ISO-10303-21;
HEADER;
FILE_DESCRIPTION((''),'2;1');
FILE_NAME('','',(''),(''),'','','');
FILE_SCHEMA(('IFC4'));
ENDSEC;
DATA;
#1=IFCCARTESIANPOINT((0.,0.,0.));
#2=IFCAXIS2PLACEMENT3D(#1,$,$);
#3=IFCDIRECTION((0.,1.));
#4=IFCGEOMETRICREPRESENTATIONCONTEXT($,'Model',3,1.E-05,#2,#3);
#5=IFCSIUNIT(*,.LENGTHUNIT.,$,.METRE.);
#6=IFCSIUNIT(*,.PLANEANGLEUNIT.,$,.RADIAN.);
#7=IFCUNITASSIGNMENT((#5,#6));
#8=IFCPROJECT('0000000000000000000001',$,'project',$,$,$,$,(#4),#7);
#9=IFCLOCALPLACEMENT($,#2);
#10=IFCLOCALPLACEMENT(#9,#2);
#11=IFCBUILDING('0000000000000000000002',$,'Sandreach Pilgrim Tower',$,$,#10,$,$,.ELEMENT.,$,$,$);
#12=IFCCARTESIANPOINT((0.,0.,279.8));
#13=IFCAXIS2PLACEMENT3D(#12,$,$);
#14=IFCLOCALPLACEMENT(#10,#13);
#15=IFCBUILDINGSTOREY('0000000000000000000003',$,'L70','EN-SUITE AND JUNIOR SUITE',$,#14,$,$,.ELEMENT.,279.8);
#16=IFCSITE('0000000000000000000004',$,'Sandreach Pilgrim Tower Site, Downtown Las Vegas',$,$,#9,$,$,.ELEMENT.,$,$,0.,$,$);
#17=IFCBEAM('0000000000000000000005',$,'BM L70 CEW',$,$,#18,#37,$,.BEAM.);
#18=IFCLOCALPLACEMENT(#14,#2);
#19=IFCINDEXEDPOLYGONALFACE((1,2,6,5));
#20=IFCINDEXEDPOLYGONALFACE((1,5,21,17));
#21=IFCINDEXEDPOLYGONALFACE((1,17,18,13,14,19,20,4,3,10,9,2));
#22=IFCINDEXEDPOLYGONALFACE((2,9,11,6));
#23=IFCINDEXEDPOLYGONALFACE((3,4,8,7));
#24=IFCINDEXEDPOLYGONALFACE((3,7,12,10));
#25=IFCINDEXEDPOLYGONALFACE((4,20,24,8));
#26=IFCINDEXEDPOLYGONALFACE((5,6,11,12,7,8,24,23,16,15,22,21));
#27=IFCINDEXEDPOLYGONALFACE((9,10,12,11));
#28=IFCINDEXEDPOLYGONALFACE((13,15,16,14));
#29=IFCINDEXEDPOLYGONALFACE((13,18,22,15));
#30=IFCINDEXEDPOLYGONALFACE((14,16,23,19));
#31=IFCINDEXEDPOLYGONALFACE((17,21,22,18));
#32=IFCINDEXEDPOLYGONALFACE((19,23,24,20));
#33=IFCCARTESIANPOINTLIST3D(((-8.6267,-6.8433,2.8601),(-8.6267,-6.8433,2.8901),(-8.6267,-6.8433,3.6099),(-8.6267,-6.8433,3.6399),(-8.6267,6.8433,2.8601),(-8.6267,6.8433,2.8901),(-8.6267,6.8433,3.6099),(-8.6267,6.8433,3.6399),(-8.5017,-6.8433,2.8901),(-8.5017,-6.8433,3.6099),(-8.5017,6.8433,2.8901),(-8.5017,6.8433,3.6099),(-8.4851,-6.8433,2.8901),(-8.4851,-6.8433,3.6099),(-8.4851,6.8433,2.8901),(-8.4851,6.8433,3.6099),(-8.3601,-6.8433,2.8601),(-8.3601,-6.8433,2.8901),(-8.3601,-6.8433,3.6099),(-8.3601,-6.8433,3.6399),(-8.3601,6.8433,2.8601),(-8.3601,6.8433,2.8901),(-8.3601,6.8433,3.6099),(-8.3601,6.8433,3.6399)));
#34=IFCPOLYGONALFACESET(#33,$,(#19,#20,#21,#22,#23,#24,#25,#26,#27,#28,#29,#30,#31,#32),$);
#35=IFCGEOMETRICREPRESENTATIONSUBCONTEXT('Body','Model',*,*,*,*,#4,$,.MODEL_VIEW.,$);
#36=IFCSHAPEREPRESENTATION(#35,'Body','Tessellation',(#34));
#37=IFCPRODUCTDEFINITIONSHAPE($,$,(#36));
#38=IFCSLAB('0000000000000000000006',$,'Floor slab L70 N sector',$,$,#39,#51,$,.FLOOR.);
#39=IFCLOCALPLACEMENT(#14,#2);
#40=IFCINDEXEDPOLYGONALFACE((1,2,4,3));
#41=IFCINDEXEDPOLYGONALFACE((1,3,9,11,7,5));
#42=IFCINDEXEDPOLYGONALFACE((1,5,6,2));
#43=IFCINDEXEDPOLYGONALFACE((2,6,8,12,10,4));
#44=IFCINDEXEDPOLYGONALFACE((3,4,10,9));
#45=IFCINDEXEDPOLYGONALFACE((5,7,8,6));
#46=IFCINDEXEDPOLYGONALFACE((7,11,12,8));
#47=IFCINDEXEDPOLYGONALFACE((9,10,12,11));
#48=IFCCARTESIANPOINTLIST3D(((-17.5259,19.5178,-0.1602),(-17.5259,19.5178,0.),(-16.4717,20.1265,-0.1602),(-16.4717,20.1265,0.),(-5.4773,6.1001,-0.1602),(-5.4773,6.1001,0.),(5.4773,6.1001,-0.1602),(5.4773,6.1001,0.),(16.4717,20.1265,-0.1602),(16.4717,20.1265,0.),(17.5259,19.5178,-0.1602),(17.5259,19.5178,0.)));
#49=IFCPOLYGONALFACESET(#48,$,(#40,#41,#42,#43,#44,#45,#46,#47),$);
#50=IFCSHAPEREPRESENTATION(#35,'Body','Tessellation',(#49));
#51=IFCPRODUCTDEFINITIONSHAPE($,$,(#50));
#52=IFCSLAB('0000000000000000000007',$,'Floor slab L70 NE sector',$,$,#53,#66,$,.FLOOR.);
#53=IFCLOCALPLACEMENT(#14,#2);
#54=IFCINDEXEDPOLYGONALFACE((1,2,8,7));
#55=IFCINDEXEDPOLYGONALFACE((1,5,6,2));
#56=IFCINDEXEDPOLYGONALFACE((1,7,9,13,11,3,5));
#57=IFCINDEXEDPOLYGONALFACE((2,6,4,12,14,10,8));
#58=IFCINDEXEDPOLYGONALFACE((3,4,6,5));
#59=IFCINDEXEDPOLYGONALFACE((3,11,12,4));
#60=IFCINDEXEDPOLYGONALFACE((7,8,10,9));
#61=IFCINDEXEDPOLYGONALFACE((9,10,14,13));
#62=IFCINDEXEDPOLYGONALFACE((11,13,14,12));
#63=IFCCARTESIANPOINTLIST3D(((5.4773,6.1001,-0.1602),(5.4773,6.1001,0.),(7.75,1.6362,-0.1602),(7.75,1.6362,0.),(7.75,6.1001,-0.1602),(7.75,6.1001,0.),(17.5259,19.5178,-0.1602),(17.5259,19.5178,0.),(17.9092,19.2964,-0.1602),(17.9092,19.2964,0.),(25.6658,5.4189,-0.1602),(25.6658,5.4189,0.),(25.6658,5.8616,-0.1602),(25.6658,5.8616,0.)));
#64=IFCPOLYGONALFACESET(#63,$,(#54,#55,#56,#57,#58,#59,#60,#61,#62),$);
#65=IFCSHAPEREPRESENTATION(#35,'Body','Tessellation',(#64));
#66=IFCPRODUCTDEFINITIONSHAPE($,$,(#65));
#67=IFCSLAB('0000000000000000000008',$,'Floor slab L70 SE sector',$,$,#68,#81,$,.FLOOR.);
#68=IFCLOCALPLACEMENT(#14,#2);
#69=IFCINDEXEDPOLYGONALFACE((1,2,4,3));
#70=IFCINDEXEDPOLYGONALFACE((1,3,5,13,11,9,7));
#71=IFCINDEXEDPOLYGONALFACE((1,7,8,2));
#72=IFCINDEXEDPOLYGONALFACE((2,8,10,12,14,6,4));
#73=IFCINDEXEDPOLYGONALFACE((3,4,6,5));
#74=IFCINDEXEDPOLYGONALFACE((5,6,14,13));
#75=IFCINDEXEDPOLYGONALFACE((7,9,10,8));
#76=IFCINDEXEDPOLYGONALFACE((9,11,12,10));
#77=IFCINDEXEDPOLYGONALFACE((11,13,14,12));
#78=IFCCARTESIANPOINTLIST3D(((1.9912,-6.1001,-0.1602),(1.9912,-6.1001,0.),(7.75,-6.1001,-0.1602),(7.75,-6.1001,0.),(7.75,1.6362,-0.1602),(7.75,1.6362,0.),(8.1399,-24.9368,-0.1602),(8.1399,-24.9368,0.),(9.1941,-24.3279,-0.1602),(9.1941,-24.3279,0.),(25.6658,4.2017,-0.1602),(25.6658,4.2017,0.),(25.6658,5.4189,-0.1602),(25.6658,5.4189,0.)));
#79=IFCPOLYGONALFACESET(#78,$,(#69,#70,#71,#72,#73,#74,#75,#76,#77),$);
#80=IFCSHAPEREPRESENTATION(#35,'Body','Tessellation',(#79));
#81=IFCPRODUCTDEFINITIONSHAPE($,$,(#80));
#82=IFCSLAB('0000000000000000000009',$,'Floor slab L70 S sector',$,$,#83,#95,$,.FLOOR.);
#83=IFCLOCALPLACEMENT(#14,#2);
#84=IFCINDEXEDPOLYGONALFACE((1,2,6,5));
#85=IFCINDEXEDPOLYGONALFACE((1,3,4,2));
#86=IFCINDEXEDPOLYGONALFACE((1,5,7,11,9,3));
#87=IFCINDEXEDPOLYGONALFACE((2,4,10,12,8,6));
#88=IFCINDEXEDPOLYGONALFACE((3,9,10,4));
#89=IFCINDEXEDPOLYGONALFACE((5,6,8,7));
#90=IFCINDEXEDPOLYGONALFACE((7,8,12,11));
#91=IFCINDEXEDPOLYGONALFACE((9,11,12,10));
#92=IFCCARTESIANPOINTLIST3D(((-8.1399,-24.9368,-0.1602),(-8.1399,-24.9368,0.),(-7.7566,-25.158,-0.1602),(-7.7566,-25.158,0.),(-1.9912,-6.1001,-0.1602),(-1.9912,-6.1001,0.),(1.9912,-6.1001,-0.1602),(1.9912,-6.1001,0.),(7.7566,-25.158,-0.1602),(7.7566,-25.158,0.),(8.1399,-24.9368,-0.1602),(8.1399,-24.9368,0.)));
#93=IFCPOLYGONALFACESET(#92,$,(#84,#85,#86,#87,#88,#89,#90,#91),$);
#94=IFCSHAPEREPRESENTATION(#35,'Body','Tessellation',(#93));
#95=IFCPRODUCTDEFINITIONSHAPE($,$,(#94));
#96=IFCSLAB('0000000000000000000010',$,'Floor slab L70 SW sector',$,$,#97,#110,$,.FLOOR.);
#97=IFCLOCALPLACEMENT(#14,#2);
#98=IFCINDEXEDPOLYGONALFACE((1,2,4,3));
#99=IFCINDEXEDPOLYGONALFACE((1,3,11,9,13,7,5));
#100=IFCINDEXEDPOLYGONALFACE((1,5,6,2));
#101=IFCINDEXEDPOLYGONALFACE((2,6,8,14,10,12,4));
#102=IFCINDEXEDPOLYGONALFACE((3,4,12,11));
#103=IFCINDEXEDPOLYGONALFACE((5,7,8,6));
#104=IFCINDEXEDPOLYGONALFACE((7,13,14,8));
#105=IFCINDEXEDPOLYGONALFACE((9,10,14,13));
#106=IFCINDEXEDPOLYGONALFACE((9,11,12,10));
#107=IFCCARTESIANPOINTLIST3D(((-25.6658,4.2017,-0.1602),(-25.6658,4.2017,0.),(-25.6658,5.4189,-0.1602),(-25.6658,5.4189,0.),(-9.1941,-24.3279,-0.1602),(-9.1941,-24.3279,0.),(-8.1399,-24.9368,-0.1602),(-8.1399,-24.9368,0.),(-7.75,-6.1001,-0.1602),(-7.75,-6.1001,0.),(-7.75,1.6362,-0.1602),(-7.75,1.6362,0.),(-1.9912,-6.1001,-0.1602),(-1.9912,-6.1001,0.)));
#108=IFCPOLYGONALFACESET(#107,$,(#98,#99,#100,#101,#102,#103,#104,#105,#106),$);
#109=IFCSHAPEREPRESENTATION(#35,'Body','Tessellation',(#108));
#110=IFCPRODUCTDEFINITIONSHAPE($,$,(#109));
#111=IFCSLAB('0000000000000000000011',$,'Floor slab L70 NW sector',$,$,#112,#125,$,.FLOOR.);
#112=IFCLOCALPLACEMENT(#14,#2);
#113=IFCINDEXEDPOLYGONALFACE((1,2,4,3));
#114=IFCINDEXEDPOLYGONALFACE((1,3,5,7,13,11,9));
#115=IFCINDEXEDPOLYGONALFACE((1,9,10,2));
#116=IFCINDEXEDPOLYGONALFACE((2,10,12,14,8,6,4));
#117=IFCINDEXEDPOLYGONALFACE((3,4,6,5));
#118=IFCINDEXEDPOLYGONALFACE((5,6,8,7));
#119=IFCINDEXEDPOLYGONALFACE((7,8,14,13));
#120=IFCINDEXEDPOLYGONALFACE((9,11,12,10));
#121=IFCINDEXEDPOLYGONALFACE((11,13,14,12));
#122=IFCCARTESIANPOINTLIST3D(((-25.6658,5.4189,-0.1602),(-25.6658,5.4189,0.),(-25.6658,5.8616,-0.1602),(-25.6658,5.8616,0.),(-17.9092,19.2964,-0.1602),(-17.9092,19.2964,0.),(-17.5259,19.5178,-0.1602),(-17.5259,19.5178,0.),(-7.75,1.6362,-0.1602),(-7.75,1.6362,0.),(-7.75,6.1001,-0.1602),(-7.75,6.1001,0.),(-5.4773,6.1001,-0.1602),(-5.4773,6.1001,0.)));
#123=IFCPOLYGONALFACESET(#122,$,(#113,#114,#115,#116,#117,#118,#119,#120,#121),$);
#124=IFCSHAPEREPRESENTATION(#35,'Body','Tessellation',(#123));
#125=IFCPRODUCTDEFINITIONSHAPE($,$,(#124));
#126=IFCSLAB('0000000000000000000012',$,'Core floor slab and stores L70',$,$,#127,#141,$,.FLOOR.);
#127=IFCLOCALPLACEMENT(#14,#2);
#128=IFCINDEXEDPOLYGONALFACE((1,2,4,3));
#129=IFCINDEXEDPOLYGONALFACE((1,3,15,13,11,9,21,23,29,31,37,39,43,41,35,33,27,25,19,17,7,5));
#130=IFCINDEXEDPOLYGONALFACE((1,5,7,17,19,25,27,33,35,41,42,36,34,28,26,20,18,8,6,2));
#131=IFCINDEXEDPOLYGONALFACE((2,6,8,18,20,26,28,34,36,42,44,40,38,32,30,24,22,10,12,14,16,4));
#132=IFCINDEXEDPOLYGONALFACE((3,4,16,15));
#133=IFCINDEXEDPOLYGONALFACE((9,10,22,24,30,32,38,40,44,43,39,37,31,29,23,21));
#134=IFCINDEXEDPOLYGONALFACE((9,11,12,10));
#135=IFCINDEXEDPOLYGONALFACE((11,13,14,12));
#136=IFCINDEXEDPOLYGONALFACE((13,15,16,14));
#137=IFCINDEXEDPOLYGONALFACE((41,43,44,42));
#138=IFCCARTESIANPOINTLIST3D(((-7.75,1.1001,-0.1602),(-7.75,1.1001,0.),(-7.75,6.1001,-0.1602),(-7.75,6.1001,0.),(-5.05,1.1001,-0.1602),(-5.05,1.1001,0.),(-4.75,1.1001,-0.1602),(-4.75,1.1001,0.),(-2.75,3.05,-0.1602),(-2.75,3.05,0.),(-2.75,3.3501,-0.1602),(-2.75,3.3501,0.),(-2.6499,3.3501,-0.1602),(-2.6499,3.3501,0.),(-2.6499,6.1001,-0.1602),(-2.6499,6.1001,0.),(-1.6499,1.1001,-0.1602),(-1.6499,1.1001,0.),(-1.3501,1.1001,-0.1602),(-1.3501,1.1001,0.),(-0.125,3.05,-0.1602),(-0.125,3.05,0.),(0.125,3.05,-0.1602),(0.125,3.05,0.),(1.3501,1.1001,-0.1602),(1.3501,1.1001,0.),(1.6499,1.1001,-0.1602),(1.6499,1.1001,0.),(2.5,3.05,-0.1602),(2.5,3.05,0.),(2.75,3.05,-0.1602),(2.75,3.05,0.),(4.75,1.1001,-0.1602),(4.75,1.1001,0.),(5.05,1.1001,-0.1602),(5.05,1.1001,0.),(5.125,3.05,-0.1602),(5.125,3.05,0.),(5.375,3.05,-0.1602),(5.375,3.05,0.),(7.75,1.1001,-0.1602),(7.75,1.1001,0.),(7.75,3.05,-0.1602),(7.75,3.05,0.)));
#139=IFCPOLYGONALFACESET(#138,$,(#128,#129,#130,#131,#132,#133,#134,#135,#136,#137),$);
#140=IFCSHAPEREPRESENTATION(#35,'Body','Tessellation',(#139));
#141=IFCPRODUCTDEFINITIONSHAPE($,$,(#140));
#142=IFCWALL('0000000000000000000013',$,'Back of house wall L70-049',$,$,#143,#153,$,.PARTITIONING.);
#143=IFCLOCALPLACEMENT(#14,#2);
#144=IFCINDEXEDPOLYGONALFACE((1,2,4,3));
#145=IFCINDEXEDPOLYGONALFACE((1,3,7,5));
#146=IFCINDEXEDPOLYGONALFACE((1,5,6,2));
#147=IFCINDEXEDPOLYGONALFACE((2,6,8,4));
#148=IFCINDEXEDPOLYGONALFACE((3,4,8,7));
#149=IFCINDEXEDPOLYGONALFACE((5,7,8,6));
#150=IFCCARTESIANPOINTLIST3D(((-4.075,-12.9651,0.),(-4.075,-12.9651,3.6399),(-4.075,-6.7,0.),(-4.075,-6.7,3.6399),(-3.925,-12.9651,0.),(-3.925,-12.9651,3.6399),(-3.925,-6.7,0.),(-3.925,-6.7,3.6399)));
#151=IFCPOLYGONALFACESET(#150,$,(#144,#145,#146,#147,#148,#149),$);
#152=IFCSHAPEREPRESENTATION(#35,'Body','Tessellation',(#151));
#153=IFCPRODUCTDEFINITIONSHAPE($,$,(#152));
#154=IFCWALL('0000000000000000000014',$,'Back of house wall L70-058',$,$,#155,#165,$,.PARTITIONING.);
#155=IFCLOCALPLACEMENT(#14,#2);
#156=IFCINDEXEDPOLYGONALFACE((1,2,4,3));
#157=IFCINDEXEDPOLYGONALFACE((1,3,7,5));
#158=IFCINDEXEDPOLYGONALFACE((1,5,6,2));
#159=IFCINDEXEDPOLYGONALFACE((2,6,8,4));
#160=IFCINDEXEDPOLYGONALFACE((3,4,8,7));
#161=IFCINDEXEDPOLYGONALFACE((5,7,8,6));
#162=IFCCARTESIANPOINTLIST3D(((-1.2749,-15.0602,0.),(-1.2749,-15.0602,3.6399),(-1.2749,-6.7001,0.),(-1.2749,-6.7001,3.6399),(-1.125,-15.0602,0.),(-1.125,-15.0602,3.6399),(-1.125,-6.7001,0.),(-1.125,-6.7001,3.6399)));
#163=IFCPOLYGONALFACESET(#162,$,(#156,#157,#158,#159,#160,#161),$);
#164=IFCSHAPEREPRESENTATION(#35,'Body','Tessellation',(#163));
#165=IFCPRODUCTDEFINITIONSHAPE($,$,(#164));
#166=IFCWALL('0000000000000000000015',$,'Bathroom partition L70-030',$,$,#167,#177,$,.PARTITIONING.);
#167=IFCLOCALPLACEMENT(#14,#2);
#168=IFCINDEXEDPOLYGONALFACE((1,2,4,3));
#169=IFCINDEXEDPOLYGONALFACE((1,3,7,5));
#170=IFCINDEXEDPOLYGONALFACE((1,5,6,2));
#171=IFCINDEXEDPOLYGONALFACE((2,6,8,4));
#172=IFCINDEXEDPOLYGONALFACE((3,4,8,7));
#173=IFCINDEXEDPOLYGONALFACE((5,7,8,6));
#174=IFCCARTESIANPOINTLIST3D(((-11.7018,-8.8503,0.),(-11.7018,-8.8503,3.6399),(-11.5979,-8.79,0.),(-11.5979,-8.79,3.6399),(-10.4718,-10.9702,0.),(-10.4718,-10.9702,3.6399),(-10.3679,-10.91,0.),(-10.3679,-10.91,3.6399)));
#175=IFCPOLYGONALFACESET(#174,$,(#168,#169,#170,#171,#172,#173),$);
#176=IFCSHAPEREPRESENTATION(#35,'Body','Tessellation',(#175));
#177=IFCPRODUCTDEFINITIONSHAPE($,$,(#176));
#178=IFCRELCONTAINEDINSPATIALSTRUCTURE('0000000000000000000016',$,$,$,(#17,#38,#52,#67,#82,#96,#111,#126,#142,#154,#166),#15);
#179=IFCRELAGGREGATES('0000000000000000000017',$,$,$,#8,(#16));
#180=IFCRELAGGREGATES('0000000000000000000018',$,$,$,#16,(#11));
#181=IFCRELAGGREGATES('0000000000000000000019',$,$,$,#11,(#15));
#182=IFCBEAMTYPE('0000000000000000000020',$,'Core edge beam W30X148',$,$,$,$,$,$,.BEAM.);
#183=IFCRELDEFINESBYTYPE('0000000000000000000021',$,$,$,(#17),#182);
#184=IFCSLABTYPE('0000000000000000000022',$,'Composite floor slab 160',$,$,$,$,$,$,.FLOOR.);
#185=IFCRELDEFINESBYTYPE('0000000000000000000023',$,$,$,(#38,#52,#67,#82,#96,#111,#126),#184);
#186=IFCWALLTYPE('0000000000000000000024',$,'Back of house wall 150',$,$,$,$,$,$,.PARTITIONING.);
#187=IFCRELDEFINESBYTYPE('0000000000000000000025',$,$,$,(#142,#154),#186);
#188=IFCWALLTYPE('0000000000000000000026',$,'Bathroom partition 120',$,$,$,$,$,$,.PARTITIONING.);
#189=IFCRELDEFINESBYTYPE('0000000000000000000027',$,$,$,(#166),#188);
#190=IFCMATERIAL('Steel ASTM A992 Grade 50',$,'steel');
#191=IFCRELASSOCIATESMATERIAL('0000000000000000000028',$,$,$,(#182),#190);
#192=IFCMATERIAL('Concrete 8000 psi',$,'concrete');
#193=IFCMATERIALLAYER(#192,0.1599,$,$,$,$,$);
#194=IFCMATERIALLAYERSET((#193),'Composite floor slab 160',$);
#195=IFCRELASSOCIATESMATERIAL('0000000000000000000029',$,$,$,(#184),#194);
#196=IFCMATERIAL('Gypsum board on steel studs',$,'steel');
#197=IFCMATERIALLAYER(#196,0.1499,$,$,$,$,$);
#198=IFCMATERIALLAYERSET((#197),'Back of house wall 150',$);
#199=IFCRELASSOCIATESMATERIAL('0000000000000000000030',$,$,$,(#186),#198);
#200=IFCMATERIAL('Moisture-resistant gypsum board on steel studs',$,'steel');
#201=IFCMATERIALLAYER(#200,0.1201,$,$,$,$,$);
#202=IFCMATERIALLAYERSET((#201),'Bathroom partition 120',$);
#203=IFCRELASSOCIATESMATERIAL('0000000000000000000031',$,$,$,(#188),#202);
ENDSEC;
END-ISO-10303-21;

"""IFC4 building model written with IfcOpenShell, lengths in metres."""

from ifc_helpers import new_model, si_unit, direction, frame, frame_2d, origin, origin_2d, place, context, subcontext, project, spatial, polyline, rectangle, i_section, outline, extrude, material, layer, layer_set, material_profile, profile_set, type_object, element, save


model = new_model("IFC4")

# Units and contexts
model_context = context("Model", 3, precision=1e-05, world=origin(), true_north=direction((0.0, 1.0)))
body_context = subcontext(model_context, "Body", "Model", "MODEL_VIEW")
ifc_project = project(units=[si_unit("LENGTHUNIT", "METRE"), si_unit("PLANEANGLEUNIT", "RADIAN")], contexts=[model_context])

# Site, building, storey
site_placement = place(None, origin())
site = spatial("IfcSite", under=ifc_project, at=site_placement, Name="Sandreach Pilgrim Tower Site, Downtown Las Vegas", CompositionType="ELEMENT", RefElevation=0.0)
building_placement = place(site_placement, origin())
building = spatial("IfcBuilding", under=site, at=building_placement, Name="Sandreach Pilgrim Tower", CompositionType="ELEMENT")
storey_placement = place(building_placement, frame((0.0, 0.0, 279.8)))
storey = spatial("IfcBuildingStorey", under=building, at=storey_placement, Name="L70", Description="EN-SUITE AND JUNIOR SUITE", CompositionType="ELEMENT", Elevation=279.8)

# Beam
ifc_material_1 = material(Name="Steel ASTM A992 Grade 50", Category="steel")
ifc_material_profile = material_profile(ifc_material_1, i_section(OverallWidth=0.2666, OverallDepth=0.7798, WebThickness=0.0166, FlangeThickness=0.03, at=origin_2d()), Name="W30X148")
ifc_profile_set = profile_set([ifc_material_profile], Name="Steel ASTM A992 Grade 50")
beam_type = type_object("IfcBeamType", Name="Core edge beam W30X148", PredefinedType="BEAM", material=ifc_profile_set)
beam_placement = place(storey_placement, frame((-8.4934, -6.8433, 3.25), z_axis=(0.0, 1.0, 0.0), x_axis=(-1.0, 0.0, 0.0)))
element("IfcBeam", 1, at=beam_placement, inside=storey, type_object=beam_type, Name="BM L70 CEW", PredefinedType="BEAM", context=body_context, shape_type="SweptSolid", body=[
    extrude(i_section(OverallWidth=0.2666, OverallDepth=0.7798, WebThickness=0.0166, FlangeThickness=0.03, at=origin_2d()), origin(), (0.0, 0.0, 1.0), 13.6865),
])

# Slabs
ifc_material_2 = material(Name="Concrete 8000 psi", Category="concrete")
ifc_layer_1 = layer(ifc_material_2, 0.1599)
ifc_layer_set_1 = layer_set([ifc_layer_1], Name="Composite floor slab 160")
slab_type = type_object("IfcSlabType", Name="Composite floor slab 160", PredefinedType="FLOOR", material=ifc_layer_set_1)
slab_1_placement = place(storey_placement, frame((0.0, 0.0, -0.1602)))
element("IfcSlab", 2, at=slab_1_placement, inside=storey, type_object=slab_type, Name="Floor slab L70 N sector", PredefinedType="FLOOR", context=body_context, shape_type="SweptSolid", body=[
    extrude(outline(polyline([(-16.4717, 20.1265), (16.4717, 20.1265), (17.5259, 19.5178), (5.4773, 6.1001), (-5.4773, 6.1001), (-17.5259, 19.5178), (-16.4717, 20.1265)])), origin(), (0.0, 0.0, 1.0), 0.1602),
])
slab_2_placement = place(storey_placement, frame((0.0, 0.0, -0.1602)))
element("IfcSlab", 3, at=slab_2_placement, inside=storey, type_object=slab_type, Name="Floor slab L70 NE sector", PredefinedType="FLOOR", context=body_context, shape_type="SweptSolid", body=[
    extrude(outline(polyline([(17.9092, 19.2964), (25.6658, 5.8616), (25.6658, 5.4189), (7.75, 1.6362), (7.75, 6.1001), (5.4773, 6.1001), (17.5259, 19.5178), (17.9092, 19.2964)])), origin(), (0.0, 0.0, 1.0), 0.1602),
])
slab_3_placement = place(storey_placement, frame((0.0, 0.0, -0.1602)))
element("IfcSlab", 4, at=slab_3_placement, inside=storey, type_object=slab_type, Name="Floor slab L70 SE sector", PredefinedType="FLOOR", context=body_context, shape_type="SweptSolid", body=[
    extrude(outline(polyline([(25.6658, 4.2017), (9.1941, -24.3279), (8.1399, -24.9368), (1.9912, -6.1001), (7.75, -6.1001), (7.75, 1.6362), (25.6658, 5.4189), (25.6658, 4.2017)])), origin(), (0.0, 0.0, 1.0), 0.1602),
])
slab_4_placement = place(storey_placement, frame((0.0, 0.0, -0.1602)))
element("IfcSlab", 5, at=slab_4_placement, inside=storey, type_object=slab_type, Name="Floor slab L70 S sector", PredefinedType="FLOOR", context=body_context, shape_type="SweptSolid", body=[
    extrude(outline(polyline([(7.7566, -25.158), (-7.7566, -25.158), (-8.1399, -24.9368), (-1.9912, -6.1001), (1.9912, -6.1001), (8.1399, -24.9368), (7.7566, -25.158)])), origin(), (0.0, 0.0, 1.0), 0.1602),
])
slab_5_placement = place(storey_placement, frame((0.0, 0.0, -0.1602)))
element("IfcSlab", 6, at=slab_5_placement, inside=storey, type_object=slab_type, Name="Floor slab L70 SW sector", PredefinedType="FLOOR", context=body_context, shape_type="SweptSolid", body=[
    extrude(outline(polyline([(-9.1941, -24.3279), (-25.6658, 4.2017), (-25.6658, 5.4189), (-7.75, 1.6362), (-7.75, -6.1001), (-1.9912, -6.1001), (-8.1399, -24.9368), (-9.1941, -24.3279)])), origin(), (0.0, 0.0, 1.0), 0.1602),
])
slab_6_placement = place(storey_placement, frame((0.0, 0.0, -0.1602)))
element("IfcSlab", 7, at=slab_6_placement, inside=storey, type_object=slab_type, Name="Floor slab L70 NW sector", PredefinedType="FLOOR", context=body_context, shape_type="SweptSolid", body=[
    extrude(outline(polyline([(-25.6658, 5.8616), (-17.9092, 19.2964), (-17.5259, 19.5178), (-5.4773, 6.1001), (-7.75, 6.1001), (-7.75, 1.6362), (-25.6658, 5.4189), (-25.6658, 5.8616)])), origin(), (0.0, 0.0, 1.0), 0.1602),
])
slab_7_placement = place(storey_placement, frame((0.0, 0.0, -0.1602)))
element("IfcSlab", 8, at=slab_7_placement, inside=storey, type_object=slab_type, Name="Core floor slab and stores L70", PredefinedType="FLOOR", context=body_context, shape_type="SweptSolid", body=[
    extrude(outline(polyline([(-2.75, 3.3501), (-2.75, 3.05), (-0.125, 3.05), (0.125, 3.05), (2.5, 3.05), (2.75, 3.05), (5.125, 3.05), (5.375, 3.05), (7.75, 3.05), (7.75, 1.1001), (5.05, 1.1001), (4.75, 1.1001), (1.6499, 1.1001), (1.3501, 1.1001), (-1.3501, 1.1001), (-1.6499, 1.1001), (-4.75, 1.1001), (-5.05, 1.1001), (-7.75, 1.1001), (-7.75, 6.1001), (-2.6499, 6.1001), (-2.6499, 3.3501), (-2.75, 3.3501)])), origin(), (0.0, 0.0, 1.0), 0.1602),
])

# Walls
ifc_material_3 = material(Name="Gypsum board on steel studs", Category="steel")
ifc_layer_2 = layer(ifc_material_3, 0.1499)
ifc_layer_set_2 = layer_set([ifc_layer_2], Name="Back of house wall 150")
wall_type_1 = type_object("IfcWallType", Name="Back of house wall 150", PredefinedType="PARTITIONING", material=ifc_layer_set_2)
wall_1_placement = place(storey_placement, frame((-4.0, -6.7, 0.0), z_axis=(0.0, 0.0, 1.0), x_axis=(0.0, -1.0, 0.0)))
element("IfcWall", 9, at=wall_1_placement, inside=storey, type_object=wall_type_1, Name="Back of house wall L70-049", PredefinedType="PARTITIONING", context=body_context, shape_type="SweptSolid", body=[
    extrude(rectangle(XDim=6.2651, YDim=0.1499, at=frame_2d((3.1326, 0.0))), origin(), (0.0, 0.0, 1.0), 3.6399),
])
wall_2_placement = place(storey_placement, frame((-1.2, -6.7, 0.0), z_axis=(0.0, 0.0, 1.0), x_axis=(0.0, -1.0, 0.0)))
element("IfcWall", 10, at=wall_2_placement, inside=storey, type_object=wall_type_1, Name="Back of house wall L70-058", PredefinedType="PARTITIONING", context=body_context, shape_type="SweptSolid", body=[
    extrude(rectangle(XDim=8.3601, YDim=0.1499, at=frame_2d((4.1802, 0.0))), origin(), (0.0, 0.0, 1.0), 3.6399),
])
ifc_material_4 = material(Name="Moisture-resistant gypsum board on steel studs", Category="steel")
ifc_layer_3 = layer(ifc_material_4, 0.1201)
ifc_layer_set_3 = layer_set([ifc_layer_3], Name="Bathroom partition 120")
wall_type_2 = type_object("IfcWallType", Name="Bathroom partition 120", PredefinedType="PARTITIONING", material=ifc_layer_set_3)
wall_3_placement = place(storey_placement, frame((-11.6499, -8.8201, 0.0), z_axis=(0.0, 0.0, 1.0), x_axis=(0.501857, -0.864951, 0.0)))
element("IfcWall", 11, at=wall_3_placement, inside=storey, type_object=wall_type_2, Name="Bathroom partition L70-030", PredefinedType="PARTITIONING", context=body_context, shape_type="SweptSolid", body=[
    extrude(rectangle(XDim=2.4509, YDim=0.1201, at=frame_2d((1.2256, 0.0))), origin(), (0.0, 0.0, 1.0), 3.6399),
])

save(model, "model.ifc")
